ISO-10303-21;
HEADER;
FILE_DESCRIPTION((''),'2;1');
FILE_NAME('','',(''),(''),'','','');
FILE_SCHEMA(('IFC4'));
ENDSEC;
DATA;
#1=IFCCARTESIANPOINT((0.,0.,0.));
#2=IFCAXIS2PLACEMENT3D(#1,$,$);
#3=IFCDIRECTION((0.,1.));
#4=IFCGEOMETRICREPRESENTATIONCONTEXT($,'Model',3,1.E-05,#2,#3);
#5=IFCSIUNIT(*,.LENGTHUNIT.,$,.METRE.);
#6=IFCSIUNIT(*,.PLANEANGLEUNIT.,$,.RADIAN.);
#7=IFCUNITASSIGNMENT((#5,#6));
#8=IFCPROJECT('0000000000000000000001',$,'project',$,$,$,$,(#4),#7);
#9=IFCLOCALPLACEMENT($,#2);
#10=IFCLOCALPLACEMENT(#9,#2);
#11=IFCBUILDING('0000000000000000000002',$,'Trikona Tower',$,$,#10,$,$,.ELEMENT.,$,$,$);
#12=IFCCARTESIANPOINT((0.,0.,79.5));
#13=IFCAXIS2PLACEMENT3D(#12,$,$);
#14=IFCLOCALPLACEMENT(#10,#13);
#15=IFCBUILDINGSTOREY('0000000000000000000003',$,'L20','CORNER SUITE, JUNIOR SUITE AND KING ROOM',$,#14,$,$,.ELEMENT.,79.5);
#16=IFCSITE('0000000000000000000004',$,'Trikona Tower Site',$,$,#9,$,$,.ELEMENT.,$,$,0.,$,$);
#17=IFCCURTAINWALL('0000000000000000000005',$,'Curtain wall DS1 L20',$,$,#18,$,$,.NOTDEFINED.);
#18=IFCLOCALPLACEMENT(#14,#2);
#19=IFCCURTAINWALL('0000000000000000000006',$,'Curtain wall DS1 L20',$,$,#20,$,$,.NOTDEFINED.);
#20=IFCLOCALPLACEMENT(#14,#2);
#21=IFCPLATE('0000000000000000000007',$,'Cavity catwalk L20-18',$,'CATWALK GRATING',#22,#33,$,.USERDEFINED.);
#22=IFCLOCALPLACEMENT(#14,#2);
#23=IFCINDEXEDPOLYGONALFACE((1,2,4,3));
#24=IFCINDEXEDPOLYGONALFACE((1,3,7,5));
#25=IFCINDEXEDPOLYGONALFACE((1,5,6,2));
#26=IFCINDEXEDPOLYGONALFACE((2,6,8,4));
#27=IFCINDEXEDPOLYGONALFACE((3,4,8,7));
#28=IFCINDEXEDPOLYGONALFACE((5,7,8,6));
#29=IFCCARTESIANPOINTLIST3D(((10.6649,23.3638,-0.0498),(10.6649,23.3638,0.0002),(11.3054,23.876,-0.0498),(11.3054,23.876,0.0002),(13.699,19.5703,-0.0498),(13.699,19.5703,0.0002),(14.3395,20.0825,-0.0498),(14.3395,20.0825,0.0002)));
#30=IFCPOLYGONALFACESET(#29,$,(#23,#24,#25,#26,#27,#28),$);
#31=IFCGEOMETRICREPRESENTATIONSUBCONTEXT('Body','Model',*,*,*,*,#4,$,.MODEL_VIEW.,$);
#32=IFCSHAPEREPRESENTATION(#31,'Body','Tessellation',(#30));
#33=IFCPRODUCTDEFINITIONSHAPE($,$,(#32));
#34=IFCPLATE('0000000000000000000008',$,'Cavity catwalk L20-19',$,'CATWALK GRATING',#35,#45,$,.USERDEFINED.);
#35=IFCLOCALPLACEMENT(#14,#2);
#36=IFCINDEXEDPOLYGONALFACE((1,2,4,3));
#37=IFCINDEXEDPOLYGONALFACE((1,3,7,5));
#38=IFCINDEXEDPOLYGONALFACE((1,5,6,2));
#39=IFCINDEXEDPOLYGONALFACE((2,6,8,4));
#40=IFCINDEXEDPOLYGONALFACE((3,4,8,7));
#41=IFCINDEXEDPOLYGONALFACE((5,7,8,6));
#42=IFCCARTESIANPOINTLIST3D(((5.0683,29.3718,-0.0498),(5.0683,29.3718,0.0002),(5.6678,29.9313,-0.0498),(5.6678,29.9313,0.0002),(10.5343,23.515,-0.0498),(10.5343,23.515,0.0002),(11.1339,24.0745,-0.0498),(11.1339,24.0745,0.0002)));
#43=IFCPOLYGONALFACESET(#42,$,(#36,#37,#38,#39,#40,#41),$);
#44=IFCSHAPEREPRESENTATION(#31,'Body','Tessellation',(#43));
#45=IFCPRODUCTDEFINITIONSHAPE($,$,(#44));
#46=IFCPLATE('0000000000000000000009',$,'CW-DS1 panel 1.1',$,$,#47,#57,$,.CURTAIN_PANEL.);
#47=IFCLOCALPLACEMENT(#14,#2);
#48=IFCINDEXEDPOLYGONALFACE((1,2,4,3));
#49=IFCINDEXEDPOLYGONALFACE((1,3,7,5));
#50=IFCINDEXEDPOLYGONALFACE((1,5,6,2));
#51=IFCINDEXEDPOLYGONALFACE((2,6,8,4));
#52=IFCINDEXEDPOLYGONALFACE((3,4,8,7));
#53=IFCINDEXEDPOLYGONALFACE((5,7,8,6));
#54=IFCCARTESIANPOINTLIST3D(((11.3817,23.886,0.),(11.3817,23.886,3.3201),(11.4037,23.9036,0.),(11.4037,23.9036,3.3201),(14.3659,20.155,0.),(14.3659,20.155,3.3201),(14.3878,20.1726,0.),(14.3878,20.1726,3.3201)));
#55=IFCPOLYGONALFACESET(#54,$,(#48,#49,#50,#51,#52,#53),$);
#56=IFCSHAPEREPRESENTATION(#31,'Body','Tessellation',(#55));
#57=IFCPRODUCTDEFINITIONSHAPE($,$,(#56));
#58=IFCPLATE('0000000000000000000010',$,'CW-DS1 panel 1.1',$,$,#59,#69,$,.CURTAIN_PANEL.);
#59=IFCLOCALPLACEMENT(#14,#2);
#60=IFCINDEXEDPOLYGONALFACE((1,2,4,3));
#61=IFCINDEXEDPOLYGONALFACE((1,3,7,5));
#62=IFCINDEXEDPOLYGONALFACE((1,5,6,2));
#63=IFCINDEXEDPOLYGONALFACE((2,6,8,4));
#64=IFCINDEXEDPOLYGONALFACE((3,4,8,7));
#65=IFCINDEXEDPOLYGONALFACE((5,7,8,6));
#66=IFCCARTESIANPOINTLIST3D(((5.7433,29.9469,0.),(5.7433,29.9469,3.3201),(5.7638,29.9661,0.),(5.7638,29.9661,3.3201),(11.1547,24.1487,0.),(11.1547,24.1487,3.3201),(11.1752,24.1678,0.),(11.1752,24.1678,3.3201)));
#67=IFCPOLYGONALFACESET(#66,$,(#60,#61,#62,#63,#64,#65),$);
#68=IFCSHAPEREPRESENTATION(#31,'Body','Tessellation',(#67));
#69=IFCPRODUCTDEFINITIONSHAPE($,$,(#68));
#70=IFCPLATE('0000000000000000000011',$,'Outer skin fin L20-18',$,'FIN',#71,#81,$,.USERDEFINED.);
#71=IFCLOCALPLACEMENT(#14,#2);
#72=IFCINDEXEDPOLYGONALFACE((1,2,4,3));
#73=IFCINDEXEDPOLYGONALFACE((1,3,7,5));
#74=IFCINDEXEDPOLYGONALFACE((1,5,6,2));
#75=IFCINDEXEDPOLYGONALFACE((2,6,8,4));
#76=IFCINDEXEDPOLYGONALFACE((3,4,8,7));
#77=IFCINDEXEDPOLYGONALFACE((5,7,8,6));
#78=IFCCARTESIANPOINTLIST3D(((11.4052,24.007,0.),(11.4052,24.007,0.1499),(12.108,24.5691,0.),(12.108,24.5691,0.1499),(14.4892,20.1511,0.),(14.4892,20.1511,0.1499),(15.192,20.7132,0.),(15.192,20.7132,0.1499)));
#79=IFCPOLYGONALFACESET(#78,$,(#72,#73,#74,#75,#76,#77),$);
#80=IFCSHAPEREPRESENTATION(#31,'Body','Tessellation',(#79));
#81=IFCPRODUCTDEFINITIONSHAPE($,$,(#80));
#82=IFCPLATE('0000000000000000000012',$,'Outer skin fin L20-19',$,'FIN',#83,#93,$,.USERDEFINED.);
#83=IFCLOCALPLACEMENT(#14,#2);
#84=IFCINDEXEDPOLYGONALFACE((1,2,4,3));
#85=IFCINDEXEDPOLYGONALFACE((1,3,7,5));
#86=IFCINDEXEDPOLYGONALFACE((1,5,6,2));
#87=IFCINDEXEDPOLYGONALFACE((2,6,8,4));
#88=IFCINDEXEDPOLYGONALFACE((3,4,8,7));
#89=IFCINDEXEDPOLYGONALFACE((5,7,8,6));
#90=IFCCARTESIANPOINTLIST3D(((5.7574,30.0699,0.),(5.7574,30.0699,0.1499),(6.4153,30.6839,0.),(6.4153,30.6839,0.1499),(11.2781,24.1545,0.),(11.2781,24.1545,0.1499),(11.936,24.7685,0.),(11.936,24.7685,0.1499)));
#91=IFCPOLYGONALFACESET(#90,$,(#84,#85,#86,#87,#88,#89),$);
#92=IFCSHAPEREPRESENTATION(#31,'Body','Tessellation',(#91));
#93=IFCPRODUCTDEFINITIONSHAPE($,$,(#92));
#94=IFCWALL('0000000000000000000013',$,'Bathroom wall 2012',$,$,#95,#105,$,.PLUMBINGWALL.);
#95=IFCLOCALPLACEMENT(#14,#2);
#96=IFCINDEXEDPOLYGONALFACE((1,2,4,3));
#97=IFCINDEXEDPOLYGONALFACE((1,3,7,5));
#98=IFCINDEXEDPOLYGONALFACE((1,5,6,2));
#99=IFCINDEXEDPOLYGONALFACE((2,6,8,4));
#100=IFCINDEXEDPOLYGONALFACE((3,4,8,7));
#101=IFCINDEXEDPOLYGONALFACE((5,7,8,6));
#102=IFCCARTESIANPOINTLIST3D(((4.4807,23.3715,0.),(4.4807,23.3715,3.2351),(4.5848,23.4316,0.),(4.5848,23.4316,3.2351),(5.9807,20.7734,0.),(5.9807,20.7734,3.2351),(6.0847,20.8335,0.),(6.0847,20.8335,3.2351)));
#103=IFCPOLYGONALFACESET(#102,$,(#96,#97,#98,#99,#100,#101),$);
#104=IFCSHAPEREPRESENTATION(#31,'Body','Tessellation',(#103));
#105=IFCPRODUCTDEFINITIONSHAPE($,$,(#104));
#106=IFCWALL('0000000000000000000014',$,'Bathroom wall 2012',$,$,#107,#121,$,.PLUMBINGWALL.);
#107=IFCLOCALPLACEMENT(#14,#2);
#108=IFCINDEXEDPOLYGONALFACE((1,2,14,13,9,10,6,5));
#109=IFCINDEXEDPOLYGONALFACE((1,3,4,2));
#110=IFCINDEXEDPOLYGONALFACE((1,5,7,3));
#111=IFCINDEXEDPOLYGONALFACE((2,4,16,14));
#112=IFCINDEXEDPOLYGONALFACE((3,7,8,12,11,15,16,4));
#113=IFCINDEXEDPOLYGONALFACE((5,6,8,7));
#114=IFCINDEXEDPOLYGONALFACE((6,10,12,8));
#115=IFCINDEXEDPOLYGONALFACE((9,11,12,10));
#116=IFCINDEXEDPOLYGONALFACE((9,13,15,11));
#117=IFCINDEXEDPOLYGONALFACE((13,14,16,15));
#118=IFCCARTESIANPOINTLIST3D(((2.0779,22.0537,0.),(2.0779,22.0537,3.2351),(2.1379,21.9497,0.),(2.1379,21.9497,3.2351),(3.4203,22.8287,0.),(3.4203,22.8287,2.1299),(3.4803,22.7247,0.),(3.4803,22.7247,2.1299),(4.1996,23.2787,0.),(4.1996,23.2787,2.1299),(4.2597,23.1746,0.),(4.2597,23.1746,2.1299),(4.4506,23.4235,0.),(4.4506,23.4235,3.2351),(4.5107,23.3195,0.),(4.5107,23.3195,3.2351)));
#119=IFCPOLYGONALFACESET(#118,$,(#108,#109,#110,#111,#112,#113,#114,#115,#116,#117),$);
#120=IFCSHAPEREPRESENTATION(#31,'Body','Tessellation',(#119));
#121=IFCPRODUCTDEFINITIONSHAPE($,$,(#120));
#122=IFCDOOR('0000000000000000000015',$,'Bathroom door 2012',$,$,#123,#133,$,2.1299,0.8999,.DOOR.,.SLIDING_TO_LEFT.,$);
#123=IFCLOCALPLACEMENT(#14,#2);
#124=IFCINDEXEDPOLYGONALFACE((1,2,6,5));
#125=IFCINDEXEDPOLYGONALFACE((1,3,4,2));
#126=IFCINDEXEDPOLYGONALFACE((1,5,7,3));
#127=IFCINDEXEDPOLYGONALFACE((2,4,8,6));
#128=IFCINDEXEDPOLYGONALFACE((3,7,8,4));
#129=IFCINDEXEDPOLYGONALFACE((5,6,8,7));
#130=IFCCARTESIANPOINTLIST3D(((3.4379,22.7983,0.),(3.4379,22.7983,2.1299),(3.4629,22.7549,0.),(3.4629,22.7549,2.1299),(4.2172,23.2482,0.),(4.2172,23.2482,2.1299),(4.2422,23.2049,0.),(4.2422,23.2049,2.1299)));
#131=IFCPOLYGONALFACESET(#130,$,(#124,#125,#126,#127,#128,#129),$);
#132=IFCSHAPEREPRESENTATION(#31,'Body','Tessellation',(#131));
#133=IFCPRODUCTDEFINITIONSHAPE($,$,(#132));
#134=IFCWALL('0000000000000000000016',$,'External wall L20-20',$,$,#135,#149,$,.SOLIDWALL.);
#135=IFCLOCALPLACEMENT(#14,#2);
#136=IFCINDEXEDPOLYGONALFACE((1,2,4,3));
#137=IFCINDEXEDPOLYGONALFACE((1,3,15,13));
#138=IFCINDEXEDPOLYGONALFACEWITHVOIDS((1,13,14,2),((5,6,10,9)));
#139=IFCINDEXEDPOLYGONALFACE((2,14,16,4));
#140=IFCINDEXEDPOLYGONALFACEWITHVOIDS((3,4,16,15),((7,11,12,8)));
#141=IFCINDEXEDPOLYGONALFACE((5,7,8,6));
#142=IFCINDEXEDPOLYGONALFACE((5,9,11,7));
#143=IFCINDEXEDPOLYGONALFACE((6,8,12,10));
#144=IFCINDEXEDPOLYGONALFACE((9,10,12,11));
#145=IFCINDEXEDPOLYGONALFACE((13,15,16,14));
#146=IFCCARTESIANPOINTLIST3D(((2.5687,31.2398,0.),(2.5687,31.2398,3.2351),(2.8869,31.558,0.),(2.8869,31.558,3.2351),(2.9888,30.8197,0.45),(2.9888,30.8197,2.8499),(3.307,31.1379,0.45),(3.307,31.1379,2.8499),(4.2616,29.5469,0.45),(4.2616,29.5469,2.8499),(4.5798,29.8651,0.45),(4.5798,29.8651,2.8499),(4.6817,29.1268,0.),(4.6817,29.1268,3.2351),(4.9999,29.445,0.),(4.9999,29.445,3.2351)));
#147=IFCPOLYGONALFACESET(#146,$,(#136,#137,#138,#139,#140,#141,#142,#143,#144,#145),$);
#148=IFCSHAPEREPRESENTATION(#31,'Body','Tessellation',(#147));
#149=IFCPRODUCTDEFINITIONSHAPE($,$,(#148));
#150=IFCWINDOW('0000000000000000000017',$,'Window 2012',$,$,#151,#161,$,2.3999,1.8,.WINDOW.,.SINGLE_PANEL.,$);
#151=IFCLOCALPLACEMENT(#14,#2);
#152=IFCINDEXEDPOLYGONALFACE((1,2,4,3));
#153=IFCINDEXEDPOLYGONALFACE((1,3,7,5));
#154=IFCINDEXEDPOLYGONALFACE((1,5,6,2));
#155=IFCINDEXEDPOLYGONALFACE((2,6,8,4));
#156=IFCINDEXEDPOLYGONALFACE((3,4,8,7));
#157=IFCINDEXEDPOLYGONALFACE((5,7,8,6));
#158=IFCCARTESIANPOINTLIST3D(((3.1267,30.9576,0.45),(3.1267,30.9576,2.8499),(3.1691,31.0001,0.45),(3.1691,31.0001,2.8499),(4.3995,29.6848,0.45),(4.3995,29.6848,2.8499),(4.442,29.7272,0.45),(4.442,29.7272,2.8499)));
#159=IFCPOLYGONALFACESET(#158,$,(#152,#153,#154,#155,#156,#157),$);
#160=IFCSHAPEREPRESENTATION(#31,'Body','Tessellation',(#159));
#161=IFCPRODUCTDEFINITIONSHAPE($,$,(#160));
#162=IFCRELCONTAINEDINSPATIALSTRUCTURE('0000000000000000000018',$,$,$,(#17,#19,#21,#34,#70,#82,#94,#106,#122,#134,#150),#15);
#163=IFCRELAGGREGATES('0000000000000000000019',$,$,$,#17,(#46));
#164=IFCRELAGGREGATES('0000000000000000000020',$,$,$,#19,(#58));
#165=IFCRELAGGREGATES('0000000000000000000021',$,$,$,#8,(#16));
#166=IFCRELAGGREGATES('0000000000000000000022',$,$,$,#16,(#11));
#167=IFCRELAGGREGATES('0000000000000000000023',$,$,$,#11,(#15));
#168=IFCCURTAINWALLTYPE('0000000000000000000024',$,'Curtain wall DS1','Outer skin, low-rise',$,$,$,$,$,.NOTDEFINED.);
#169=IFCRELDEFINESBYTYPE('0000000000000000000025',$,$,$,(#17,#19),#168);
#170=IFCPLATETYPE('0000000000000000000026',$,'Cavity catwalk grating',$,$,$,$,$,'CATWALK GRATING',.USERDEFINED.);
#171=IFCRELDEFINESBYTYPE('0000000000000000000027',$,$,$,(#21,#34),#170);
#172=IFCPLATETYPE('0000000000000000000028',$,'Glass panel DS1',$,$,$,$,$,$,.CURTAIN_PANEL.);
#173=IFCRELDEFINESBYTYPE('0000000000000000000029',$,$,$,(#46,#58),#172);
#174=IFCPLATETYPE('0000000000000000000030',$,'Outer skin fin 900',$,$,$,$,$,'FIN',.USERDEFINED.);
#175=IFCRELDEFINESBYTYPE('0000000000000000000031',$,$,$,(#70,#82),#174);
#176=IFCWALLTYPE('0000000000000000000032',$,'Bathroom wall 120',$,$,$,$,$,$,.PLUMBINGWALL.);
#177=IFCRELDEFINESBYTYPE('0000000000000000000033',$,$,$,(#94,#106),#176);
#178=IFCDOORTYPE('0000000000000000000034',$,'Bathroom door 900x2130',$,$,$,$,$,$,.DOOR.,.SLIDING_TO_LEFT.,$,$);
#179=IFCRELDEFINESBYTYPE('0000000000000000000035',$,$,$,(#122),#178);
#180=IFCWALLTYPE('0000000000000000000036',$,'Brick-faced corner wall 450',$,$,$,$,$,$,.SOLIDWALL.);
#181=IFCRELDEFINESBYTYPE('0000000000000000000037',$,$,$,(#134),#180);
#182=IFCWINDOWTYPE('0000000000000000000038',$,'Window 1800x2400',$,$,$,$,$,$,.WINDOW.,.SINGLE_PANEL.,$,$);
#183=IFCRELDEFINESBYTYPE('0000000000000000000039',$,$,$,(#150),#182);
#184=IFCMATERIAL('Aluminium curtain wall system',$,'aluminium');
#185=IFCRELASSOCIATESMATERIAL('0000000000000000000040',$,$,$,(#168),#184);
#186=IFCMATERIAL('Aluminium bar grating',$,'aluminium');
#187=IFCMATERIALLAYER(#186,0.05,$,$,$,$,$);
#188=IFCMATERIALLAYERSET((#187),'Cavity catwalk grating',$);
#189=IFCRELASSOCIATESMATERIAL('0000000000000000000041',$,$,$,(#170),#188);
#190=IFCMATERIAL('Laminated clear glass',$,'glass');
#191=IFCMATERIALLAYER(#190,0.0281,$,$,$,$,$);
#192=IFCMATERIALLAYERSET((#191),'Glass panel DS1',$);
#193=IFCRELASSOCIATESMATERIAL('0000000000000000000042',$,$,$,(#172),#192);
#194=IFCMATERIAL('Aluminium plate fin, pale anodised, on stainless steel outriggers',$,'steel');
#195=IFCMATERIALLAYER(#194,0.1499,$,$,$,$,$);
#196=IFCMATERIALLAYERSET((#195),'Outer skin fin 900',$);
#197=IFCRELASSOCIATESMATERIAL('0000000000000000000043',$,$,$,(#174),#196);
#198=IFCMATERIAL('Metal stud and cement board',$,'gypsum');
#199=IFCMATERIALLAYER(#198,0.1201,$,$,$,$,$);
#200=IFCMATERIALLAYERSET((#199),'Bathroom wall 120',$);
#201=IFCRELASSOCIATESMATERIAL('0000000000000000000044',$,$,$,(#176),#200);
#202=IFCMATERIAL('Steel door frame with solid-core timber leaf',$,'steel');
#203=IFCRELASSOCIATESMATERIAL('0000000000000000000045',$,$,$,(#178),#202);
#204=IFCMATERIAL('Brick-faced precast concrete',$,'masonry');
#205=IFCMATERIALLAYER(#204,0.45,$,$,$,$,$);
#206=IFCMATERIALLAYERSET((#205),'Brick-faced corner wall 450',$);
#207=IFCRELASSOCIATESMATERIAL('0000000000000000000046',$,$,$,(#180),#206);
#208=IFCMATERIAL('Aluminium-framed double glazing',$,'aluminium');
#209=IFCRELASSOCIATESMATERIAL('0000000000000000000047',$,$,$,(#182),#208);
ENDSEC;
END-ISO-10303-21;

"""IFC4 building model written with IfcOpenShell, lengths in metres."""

from ifc_helpers import new_model, si_unit, direction, frame, frame_2d, origin, origin_2d, place, context, subcontext, project, spatial, rectangle, extrude, material, layer, layer_set, type_object, element, fill, aggregate, save


model = new_model("IFC4")

# Units and contexts
model_context = context("Model", 3, precision=1e-05, world=origin(), true_north=direction((0.0, 1.0)))
body_context = subcontext(model_context, "Body", "Model", "MODEL_VIEW")
ifc_project = project(units=[si_unit("LENGTHUNIT", "METRE"), si_unit("PLANEANGLEUNIT", "RADIAN")], contexts=[model_context])

# Site, building, storey
site_placement = place(None, origin())
site = spatial("IfcSite", under=ifc_project, at=site_placement, Name="Trikona Tower Site", CompositionType="ELEMENT", RefElevation=0.0)
building_placement = place(site_placement, origin())
building = spatial("IfcBuilding", under=site, at=building_placement, Name="Trikona Tower", CompositionType="ELEMENT")
storey_placement = place(building_placement, frame((0.0, 0.0, 79.5)))
storey = spatial("IfcBuildingStorey", under=building, at=storey_placement, Name="L20", Description="CORNER SUITE, JUNIOR SUITE AND KING ROOM", CompositionType="ELEMENT", Elevation=79.5)

# Curtain wall
ifc_material_1 = material(Name="Aluminium curtain wall system", Category="aluminium")
curtain_wall_type = type_object("IfcCurtainWallType", Name="Curtain wall DS1", Description="Outer skin, low-rise", PredefinedType="NOTDEFINED", material=ifc_material_1)
curtain_wall_1_placement = place(storey_placement, origin())
curtain_wall_1 = element("IfcCurtainWall", 1, at=curtain_wall_1_placement, inside=storey, type_object=curtain_wall_type, Name="Curtain wall DS1 L20", PredefinedType="NOTDEFINED")

# Curtain wall
curtain_wall_2_placement = place(storey_placement, origin())
curtain_wall_2 = element("IfcCurtainWall", 2, at=curtain_wall_2_placement, inside=storey, type_object=curtain_wall_type, Name="Curtain wall DS1 L20", PredefinedType="NOTDEFINED")

# Plates
ifc_material_2 = material(Name="Aluminium bar grating", Category="aluminium")
ifc_layer_1 = layer(ifc_material_2, 0.05)
ifc_layer_set_1 = layer_set([ifc_layer_1], Name="Cavity catwalk grating")
plate_type_1 = type_object("IfcPlateType", Name="Cavity catwalk grating", ElementType="CATWALK GRATING", PredefinedType="USERDEFINED", material=ifc_layer_set_1)
plate_1_placement = place(storey_placement, frame((12.5022, 21.7231, -0.0498), z_axis=(0.0, 0.0, 1.0), x_axis=(-0.624604, 0.780942, 0.0)))
element("IfcPlate", 3, at=plate_1_placement, inside=storey, type_object=plate_type_1, Name="Cavity catwalk L20-18", ObjectType="CATWALK GRATING", PredefinedType="USERDEFINED", context=body_context, shape_type="SweptSolid", body=[
    extrude(rectangle(XDim=4.8577, YDim=0.8201, at=origin_2d()), origin(), (0.0, 0.0, 1.0), 0.05),
])
plate_2_placement = place(storey_placement, frame((8.1011, 26.7231, -0.0498), z_axis=(0.0, 0.0, 1.0), x_axis=(-0.682298, 0.731074, 0.0)))
element("IfcPlate", 4, at=plate_2_placement, inside=storey, type_object=plate_type_1, Name="Cavity catwalk L20-19", ObjectType="CATWALK GRATING", PredefinedType="USERDEFINED", context=body_context, shape_type="SweptSolid", body=[
    extrude(rectangle(XDim=8.0112, YDim=0.8201, at=origin_2d()), origin(), (0.0, 0.0, 1.0), 0.05),
])

# Plates
ifc_material_3 = material(Name="Laminated clear glass", Category="glass")
ifc_layer_2 = layer(ifc_material_3, 0.0281)
ifc_layer_set_2 = layer_set([ifc_layer_2], Name="Glass panel DS1")
plate_type_2 = type_object("IfcPlateType", Name="Glass panel DS1", PredefinedType="CURTAIN_PANEL", material=ifc_layer_set_2)
plate_3_placement = place(storey_placement, frame((12.8848, 22.0293, 0.0), z_axis=(0.0, 0.0, 1.0), x_axis=(-0.624609, 0.780938, 0.0)))
plate_3 = element("IfcPlate", 5, at=plate_3_placement, type_object=plate_type_2, Name="CW-DS1 panel 1.1", PredefinedType="CURTAIN_PANEL", context=body_context, shape_type="SweptSolid", body=[
    extrude(rectangle(XDim=4.7776, YDim=0.0281, at=origin_2d()), origin(), (0.0, 0.0, 1.0), 3.3201),
])
aggregate(curtain_wall_1, [plate_3])
plate_4_placement = place(storey_placement, frame((8.4592, 27.0574, 0.0), z_axis=(0.0, 0.0, 1.0), x_axis=(-0.682295, 0.731077, 0.0)))
plate_4 = element("IfcPlate", 6, at=plate_4_placement, type_object=plate_type_2, Name="CW-DS1 panel 1.1", PredefinedType="CURTAIN_PANEL", context=body_context, shape_type="SweptSolid", body=[
    extrude(rectangle(XDim=7.9312, YDim=0.0281, at=origin_2d()), origin(), (0.0, 0.0, 1.0), 3.3201),
])
aggregate(curtain_wall_2, [plate_4])

# Plates
ifc_material_4 = material(Name="Aluminium plate fin, pale anodised, on stainless steel outriggers", Category="steel")
ifc_layer_3 = layer(ifc_material_4, 0.1499)
ifc_layer_set_3 = layer_set([ifc_layer_3], Name="Outer skin fin 900")
plate_type_3 = type_object("IfcPlateType", Name="Outer skin fin 900", ElementType="FIN", PredefinedType="USERDEFINED", material=ifc_layer_set_3)
plate_5_placement = place(storey_placement, frame((13.2986, 22.3601, 0.0), z_axis=(0.0, 0.0, 1.0), x_axis=(-0.624604, 0.780942, 0.0)))
element("IfcPlate", 7, at=plate_5_placement, inside=storey, type_object=plate_type_3, Name="Outer skin fin L20-18", ObjectType="FIN", PredefinedType="USERDEFINED", context=body_context, shape_type="SweptSolid", body=[
    extrude(rectangle(XDim=4.9375, YDim=0.8999, at=origin_2d()), origin(), (0.0, 0.0, 1.0), 0.1499),
])
plate_6_placement = place(storey_placement, frame((8.8467, 27.4192, 0.0), z_axis=(0.0, 0.0, 1.0), x_axis=(-0.682298, 0.731074, 0.0)))
element("IfcPlate", 8, at=plate_6_placement, inside=storey, type_object=plate_type_3, Name="Outer skin fin L20-19", ObjectType="FIN", PredefinedType="USERDEFINED", context=body_context, shape_type="SweptSolid", body=[
    extrude(rectangle(XDim=8.0913, YDim=0.8999, at=origin_2d()), origin(), (0.0, 0.0, 1.0), 0.1499),
])

# Wall
ifc_material_5 = material(Name="Metal stud and cement board", Category="gypsum")
ifc_layer_4 = layer(ifc_material_5, 0.1201)
ifc_layer_set_4 = layer_set([ifc_layer_4], Name="Bathroom wall 120")
wall_type_1 = type_object("IfcWallType", Name="Bathroom wall 120", PredefinedType="PLUMBINGWALL", material=ifc_layer_set_4)
wall_1_placement = place(storey_placement, frame((6.0327, 20.8035, 0.0), z_axis=(0.0, 0.0, 1.0), x_axis=(-0.49999, 0.866031, 0.0)))
element("IfcWall", 9, at=wall_1_placement, inside=storey, type_object=wall_type_1, Name="Bathroom wall 2012", PredefinedType="PLUMBINGWALL", context=body_context, shape_type="SweptSolid", body=[
    extrude(rectangle(XDim=3.0, YDim=0.1201, at=frame_2d((1.5, 0.0))), origin(), (0.0, 0.0, 1.0), 3.2351),
])

# Wall, opening, door
wall_2_placement = place(storey_placement, frame((2.1079, 22.0017, 0.0), z_axis=(0.0, 0.0, 1.0), x_axis=(0.866036, 0.499982, 0.0)))
wall_2 = element("IfcWall", 10, at=wall_2_placement, inside=storey, type_object=wall_type_1, Name="Bathroom wall 2012", PredefinedType="PLUMBINGWALL", context=body_context, shape_type="SweptSolid", body=[
    extrude(rectangle(XDim=2.7397, YDim=0.1201, at=frame_2d((1.3699, 0.0))), origin(), (0.0, 0.0, 1.0), 3.2351),
])
opening_1_placement = place(wall_2_placement, frame((1.55, 0.0, 0.0)))
opening_1 = element("IfcOpeningElement", 11, at=opening_1_placement, cuts=wall_2, PredefinedType="OPENING", context=body_context, shape_type="SweptSolid", body=[
    extrude(rectangle(XDim=0.8999, YDim=2.1299, at=frame_2d((0.45, 1.0649))), frame((0.0, 0.0701, 0.0), z_axis=(0.0, -1.0, 0.0), x_axis=(1.0, 0.0, 0.0)), (0.0, 0.0, 1.0), 0.1401),
])
ifc_material_6 = material(Name="Steel door frame with solid-core timber leaf", Category="steel")
door_type = type_object("IfcDoorType", Name="Bathroom door 900x2130", OperationType="SLIDING_TO_LEFT", PredefinedType="DOOR", material=ifc_material_6)
door_placement = place(opening_1_placement, origin())
door = element("IfcDoor", 12, at=door_placement, inside=storey, type_object=door_type, Name="Bathroom door 2012", OperationType="SLIDING_TO_LEFT", OverallHeight=2.1299, OverallWidth=0.8999, PredefinedType="DOOR", context=body_context, shape_type="SweptSolid", body=[
    extrude(rectangle(XDim=0.8999, YDim=2.1299, at=frame_2d((0.45, 1.0649))), frame((0.0, 0.0249, 0.0), z_axis=(0.0, -1.0, 0.0), x_axis=(1.0, 0.0, 0.0)), (0.0, 0.0, 1.0), 0.05),
])
fill(opening_1, door)

# Wall, opening, window
ifc_material_7 = material(Name="Brick-faced precast concrete", Category="masonry")
ifc_layer_5 = layer(ifc_material_7, 0.45)
ifc_layer_set_5 = layer_set([ifc_layer_5], Name="Brick-faced corner wall 450")
wall_type_2 = type_object("IfcWallType", Name="Brick-faced corner wall 450", PredefinedType="SOLIDWALL", material=ifc_layer_set_5)
wall_3_placement = place(storey_placement, frame((4.8408, 29.2859, 0.0), z_axis=(0.0, 0.0, 1.0), x_axis=(-0.707107, 0.707107, 0.0)))
wall_3 = element("IfcWall", 13, at=wall_3_placement, inside=storey, type_object=wall_type_2, Name="External wall L20-20", PredefinedType="SOLIDWALL", context=body_context, shape_type="SweptSolid", body=[
    extrude(rectangle(XDim=2.9883, YDim=0.45, at=frame_2d((1.4941, 0.0))), origin(), (0.0, 0.0, 1.0), 3.2351),
])
opening_2_placement = place(wall_3_placement, frame((0.5942, 0.0, 0.45)))
opening_2 = element("IfcOpeningElement", 14, at=opening_2_placement, cuts=wall_3, PredefinedType="OPENING", context=body_context, shape_type="SweptSolid", body=[
    extrude(rectangle(XDim=1.8, YDim=2.3999, at=frame_2d((0.8999, 1.2))), frame((0.0, 0.2349, 0.0), z_axis=(0.0, -1.0, 0.0), x_axis=(1.0, 0.0, 0.0)), (0.0, 0.0, 1.0), 0.47),
])
ifc_material_8 = material(Name="Aluminium-framed double glazing", Category="aluminium")
window_type_1 = type_object("IfcWindowType", Name="Window 1800x2400", PartitioningType="SINGLE_PANEL", PredefinedType="WINDOW", material=ifc_material_8)
window_1_placement = place(opening_2_placement, origin())
window_1 = element("IfcWindow", 15, at=window_1_placement, inside=storey, type_object=window_type_1, Name="Window 2012", OverallHeight=2.3999, OverallWidth=1.8, PartitioningType="SINGLE_PANEL", PredefinedType="WINDOW", context=body_context, shape_type="SweptSolid", body=[
    extrude(rectangle(XDim=1.8, YDim=2.3999, at=frame_2d((0.8999, 1.2))), frame((0.0, 0.03, 0.0), z_axis=(0.0, -1.0, 0.0), x_axis=(1.0, 0.0, 0.0)), (0.0, 0.0, 1.0), 0.0601),
])
fill(opening_2, window_1)

save(model, "model.ifc")
